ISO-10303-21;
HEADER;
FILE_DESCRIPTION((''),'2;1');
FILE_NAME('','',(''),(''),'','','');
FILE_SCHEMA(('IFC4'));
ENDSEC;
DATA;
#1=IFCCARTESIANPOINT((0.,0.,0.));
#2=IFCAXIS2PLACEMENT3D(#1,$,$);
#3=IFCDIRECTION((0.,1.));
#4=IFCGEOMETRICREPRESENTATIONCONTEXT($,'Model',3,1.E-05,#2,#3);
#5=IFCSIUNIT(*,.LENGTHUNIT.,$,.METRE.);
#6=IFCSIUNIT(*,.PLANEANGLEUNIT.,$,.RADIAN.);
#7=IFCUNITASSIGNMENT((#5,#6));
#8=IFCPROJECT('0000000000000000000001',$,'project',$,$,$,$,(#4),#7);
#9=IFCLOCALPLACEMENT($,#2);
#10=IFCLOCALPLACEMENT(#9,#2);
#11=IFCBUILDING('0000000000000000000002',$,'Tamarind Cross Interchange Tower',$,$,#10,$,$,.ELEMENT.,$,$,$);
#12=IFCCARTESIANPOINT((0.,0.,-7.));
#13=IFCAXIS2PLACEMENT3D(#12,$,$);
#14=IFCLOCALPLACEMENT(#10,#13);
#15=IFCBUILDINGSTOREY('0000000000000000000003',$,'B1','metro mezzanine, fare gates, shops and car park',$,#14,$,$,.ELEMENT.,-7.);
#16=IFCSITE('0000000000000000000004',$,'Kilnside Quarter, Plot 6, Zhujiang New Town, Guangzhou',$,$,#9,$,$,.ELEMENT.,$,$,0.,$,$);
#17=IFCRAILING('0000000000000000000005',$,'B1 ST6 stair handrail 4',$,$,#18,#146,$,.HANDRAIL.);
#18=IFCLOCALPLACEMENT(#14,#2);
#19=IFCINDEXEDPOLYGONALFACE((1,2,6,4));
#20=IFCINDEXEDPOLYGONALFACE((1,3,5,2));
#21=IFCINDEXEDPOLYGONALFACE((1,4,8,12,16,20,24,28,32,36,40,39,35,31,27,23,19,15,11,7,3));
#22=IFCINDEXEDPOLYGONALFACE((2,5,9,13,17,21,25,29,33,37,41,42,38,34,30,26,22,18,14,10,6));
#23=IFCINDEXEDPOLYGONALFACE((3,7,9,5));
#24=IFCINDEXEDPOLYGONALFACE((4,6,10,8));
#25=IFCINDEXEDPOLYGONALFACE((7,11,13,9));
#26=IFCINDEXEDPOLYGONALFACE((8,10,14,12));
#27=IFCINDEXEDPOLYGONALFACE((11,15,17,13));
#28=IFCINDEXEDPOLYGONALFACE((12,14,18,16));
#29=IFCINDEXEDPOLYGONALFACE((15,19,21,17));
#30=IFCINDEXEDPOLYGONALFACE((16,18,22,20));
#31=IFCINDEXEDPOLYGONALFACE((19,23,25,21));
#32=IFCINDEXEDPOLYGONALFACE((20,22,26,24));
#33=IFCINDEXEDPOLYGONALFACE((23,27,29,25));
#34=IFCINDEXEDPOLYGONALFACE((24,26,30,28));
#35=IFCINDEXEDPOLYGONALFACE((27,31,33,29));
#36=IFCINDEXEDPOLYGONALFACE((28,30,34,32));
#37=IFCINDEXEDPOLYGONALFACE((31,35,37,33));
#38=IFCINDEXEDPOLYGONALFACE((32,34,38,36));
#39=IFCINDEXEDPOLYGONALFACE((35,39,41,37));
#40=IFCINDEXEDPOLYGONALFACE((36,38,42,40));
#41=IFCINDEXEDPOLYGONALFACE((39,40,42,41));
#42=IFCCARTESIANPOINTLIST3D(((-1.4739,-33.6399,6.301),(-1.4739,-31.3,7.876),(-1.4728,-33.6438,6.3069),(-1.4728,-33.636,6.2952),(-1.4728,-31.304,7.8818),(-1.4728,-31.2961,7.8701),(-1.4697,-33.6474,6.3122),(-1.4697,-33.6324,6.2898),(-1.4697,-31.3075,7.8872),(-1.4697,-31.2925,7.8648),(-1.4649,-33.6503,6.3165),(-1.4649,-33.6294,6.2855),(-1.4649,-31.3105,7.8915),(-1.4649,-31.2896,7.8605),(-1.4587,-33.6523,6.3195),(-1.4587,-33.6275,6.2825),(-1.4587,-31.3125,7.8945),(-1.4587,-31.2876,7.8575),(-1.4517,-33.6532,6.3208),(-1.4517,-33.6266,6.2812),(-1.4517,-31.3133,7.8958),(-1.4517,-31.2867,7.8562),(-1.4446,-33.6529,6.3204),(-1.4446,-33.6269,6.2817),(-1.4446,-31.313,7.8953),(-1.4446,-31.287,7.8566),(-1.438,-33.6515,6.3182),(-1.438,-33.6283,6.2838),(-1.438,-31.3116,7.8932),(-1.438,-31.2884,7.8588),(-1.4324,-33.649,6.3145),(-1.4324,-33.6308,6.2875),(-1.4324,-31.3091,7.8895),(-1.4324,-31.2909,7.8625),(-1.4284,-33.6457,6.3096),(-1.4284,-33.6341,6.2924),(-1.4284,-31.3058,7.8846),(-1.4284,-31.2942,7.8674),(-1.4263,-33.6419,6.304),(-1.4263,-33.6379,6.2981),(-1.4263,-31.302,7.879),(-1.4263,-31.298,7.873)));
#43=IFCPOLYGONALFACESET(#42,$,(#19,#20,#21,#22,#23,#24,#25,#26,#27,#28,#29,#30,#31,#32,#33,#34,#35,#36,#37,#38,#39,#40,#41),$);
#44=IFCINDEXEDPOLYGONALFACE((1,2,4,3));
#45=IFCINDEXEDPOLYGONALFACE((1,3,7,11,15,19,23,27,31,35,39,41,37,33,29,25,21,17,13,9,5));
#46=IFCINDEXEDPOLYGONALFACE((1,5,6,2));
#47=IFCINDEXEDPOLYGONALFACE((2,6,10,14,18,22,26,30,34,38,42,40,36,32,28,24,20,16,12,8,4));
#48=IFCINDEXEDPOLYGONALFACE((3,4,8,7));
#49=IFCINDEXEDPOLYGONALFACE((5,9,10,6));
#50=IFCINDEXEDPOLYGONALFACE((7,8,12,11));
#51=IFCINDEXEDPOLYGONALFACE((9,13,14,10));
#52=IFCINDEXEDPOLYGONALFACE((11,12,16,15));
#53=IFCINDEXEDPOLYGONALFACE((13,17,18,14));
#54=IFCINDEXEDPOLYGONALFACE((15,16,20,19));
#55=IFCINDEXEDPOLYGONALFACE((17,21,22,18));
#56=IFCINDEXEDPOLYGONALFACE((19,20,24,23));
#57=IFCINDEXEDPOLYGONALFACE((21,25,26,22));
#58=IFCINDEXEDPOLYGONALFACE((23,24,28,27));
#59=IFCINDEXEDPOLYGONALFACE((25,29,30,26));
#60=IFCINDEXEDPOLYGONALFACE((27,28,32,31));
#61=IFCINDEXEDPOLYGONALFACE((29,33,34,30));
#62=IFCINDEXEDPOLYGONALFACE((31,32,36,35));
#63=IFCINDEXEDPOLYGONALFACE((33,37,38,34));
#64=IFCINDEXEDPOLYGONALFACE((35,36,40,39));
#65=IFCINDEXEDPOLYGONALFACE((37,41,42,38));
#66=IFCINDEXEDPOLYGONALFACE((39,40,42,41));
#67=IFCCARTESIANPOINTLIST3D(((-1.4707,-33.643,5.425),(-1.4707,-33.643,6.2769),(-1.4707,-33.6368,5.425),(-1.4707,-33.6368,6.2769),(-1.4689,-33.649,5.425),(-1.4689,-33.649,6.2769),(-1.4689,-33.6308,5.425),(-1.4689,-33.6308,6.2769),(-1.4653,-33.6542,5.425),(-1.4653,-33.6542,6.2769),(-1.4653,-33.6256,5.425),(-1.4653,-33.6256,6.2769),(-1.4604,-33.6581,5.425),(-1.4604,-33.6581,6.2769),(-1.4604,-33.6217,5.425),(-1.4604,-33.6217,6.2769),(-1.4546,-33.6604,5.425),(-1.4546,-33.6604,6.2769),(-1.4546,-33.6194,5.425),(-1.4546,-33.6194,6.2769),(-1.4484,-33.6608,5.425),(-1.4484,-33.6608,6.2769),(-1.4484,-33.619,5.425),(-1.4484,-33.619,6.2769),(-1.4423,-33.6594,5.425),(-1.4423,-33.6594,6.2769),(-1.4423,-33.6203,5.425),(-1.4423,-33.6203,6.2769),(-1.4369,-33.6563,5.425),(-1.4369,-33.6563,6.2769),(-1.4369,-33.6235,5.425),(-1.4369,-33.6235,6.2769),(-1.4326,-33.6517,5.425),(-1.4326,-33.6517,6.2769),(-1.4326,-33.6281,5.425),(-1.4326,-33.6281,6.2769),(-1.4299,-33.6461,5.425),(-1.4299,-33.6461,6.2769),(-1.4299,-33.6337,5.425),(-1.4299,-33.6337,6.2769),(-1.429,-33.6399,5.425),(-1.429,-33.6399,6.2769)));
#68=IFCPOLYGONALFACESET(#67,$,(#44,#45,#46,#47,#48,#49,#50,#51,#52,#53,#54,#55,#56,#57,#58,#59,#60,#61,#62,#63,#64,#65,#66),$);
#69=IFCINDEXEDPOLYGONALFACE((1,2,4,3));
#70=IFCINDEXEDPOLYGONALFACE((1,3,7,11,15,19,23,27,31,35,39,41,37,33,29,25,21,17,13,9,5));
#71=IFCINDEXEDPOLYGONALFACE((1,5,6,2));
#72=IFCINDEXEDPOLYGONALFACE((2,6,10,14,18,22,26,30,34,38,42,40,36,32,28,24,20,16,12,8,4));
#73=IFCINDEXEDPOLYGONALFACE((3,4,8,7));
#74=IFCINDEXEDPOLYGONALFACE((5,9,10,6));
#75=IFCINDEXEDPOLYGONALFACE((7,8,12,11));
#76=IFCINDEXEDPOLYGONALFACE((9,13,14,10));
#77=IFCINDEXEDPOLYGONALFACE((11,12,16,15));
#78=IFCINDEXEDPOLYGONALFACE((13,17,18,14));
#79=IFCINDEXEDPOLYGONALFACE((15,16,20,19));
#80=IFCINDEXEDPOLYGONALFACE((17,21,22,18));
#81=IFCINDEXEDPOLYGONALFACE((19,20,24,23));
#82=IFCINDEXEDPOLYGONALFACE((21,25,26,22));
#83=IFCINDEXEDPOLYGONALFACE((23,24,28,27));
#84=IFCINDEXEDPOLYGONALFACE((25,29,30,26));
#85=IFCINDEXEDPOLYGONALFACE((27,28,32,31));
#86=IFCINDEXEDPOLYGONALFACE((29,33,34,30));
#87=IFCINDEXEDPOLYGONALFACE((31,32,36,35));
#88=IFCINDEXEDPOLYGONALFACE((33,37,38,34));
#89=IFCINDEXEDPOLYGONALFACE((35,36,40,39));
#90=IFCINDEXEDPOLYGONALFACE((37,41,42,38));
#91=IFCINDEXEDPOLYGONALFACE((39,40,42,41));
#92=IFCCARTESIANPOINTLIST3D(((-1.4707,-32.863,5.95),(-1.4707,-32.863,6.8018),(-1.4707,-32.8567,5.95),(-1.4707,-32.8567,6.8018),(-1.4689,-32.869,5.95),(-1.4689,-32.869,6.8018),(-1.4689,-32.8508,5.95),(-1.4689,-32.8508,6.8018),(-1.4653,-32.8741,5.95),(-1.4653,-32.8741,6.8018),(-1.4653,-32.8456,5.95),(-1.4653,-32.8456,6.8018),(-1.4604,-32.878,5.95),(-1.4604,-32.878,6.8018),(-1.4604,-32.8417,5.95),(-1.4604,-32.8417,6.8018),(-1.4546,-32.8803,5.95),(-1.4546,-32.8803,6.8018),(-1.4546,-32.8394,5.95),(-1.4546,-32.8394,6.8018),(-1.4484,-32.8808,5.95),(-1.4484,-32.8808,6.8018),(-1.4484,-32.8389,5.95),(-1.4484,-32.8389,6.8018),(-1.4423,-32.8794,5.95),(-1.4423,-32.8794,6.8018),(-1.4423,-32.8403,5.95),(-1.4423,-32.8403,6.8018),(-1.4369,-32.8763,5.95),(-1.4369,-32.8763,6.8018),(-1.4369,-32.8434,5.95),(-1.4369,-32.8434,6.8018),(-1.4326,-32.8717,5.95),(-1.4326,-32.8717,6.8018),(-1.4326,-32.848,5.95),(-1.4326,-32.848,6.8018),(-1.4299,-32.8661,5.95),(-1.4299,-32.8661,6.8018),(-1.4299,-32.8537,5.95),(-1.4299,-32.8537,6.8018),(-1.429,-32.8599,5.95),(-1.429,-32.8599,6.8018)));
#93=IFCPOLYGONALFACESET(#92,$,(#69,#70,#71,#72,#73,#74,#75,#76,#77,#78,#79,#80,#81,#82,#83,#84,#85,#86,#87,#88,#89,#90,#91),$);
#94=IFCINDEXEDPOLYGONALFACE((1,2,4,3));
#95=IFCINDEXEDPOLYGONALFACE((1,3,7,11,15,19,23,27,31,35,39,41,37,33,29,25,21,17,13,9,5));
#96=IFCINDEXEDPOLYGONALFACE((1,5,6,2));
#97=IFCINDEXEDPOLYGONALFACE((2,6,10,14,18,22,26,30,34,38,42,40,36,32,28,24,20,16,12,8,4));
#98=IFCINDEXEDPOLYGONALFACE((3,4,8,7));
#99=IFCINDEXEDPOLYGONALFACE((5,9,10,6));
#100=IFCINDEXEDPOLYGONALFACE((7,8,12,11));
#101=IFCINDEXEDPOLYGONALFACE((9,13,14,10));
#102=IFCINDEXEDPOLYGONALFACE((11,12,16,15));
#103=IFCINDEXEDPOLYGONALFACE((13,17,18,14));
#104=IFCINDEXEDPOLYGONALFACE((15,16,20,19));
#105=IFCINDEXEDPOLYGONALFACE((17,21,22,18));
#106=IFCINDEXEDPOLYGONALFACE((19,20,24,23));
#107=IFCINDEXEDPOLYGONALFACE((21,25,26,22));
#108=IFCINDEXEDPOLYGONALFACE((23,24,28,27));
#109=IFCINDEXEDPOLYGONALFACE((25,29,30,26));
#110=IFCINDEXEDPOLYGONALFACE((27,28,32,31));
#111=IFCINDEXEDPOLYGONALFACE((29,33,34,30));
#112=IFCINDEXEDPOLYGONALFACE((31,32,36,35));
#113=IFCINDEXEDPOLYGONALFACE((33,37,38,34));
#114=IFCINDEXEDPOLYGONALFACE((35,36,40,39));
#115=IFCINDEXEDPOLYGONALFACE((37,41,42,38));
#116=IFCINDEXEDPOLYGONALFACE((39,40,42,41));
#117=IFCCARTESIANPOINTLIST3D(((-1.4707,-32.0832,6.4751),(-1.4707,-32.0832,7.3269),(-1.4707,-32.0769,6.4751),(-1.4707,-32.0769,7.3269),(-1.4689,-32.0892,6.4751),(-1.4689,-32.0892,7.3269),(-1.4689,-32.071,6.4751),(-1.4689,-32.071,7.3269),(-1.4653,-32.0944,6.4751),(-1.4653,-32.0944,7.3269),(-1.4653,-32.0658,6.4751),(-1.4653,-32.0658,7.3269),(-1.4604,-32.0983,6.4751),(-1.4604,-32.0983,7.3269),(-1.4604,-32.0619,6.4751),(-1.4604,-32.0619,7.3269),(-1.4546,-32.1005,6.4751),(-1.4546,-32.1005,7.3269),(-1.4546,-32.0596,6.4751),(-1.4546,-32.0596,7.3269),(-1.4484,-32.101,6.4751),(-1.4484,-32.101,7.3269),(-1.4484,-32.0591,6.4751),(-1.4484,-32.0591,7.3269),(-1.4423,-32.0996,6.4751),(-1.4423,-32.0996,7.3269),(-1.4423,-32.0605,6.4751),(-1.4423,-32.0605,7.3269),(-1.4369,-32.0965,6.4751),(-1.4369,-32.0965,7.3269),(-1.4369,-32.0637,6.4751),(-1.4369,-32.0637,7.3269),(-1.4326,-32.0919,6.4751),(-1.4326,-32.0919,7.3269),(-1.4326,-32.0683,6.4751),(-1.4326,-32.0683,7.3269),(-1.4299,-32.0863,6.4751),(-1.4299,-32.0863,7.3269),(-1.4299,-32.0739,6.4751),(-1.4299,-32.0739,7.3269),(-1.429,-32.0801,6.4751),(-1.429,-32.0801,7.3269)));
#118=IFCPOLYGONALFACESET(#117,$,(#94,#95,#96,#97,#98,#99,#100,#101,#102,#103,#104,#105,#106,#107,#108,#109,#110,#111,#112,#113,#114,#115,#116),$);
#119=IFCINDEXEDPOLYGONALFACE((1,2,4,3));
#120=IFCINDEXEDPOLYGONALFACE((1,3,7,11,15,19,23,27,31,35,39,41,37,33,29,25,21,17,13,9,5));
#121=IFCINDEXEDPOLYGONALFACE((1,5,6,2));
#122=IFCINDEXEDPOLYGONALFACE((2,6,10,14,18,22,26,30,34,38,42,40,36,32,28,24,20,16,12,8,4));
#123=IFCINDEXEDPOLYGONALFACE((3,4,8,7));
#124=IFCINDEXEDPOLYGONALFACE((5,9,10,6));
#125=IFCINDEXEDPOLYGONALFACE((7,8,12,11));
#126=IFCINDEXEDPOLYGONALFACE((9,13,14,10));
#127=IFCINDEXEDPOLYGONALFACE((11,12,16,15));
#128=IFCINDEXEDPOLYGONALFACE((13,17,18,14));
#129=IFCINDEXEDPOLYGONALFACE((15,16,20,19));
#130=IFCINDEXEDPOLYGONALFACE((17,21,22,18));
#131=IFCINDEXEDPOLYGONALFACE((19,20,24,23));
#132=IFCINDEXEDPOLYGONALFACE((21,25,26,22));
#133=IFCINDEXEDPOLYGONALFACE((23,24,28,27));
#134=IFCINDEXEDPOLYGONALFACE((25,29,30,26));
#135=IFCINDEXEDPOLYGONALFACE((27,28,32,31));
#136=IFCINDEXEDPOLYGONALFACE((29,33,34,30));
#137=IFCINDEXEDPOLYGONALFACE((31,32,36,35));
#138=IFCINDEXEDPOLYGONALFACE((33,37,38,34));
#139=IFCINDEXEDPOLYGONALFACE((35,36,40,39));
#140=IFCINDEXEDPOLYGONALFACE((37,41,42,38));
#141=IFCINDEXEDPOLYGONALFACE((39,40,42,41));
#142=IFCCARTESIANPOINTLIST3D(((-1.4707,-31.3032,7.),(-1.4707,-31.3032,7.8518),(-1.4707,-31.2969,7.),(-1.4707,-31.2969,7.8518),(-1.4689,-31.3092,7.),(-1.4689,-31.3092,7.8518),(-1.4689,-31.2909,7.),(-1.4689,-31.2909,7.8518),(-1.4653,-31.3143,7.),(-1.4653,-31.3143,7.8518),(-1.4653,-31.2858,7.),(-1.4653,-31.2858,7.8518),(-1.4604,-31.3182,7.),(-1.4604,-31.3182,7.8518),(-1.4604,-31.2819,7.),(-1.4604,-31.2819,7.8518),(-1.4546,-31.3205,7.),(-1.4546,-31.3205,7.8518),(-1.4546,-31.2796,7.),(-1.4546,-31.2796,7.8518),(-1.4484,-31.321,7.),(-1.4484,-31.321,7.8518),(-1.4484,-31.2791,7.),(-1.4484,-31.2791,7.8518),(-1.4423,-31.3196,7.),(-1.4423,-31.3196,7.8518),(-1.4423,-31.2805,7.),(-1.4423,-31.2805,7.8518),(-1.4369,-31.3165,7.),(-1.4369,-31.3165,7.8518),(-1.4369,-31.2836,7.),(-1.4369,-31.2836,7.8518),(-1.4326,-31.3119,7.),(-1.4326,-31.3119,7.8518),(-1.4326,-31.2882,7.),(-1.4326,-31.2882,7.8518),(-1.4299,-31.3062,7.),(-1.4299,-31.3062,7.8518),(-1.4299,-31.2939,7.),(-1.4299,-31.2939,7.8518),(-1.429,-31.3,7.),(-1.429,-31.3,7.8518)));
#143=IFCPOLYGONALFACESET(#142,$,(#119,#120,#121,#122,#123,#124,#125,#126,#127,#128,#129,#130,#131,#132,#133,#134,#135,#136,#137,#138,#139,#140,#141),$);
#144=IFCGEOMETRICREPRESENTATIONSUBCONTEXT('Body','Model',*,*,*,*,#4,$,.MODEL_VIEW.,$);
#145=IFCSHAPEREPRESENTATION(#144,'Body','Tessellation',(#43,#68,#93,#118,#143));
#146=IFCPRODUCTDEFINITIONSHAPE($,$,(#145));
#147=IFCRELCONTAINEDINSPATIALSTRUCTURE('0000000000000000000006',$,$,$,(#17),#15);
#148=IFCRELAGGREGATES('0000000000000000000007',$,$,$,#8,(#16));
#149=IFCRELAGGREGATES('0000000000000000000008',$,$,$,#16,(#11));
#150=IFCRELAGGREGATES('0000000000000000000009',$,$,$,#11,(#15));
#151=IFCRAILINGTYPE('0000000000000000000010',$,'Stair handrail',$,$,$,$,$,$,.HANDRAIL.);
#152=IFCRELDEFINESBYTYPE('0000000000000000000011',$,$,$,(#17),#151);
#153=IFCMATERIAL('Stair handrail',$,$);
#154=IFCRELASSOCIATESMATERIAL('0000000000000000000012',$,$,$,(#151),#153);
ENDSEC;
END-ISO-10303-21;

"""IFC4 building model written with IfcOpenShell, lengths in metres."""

from ifc_helpers import new_model, si_unit, direction, frame, origin, origin_2d, place, context, subcontext, project, spatial, circle, extrude, material, type_object, element, save


model = new_model("IFC4")

# Units and contexts
model_context = context("Model", 3, precision=1e-05, world=origin(), true_north=direction((0.0, 1.0)))
body_context = subcontext(model_context, "Body", "Model", "MODEL_VIEW")
ifc_project = project(units=[si_unit("LENGTHUNIT", "METRE"), si_unit("PLANEANGLEUNIT", "RADIAN")], contexts=[model_context])

# Site, building, storey
site_placement = place(None, origin())
site = spatial("IfcSite", under=ifc_project, at=site_placement, Name="Kilnside Quarter, Plot 6, Zhujiang New Town, Guangzhou", CompositionType="ELEMENT", RefElevation=0.0)
building_placement = place(site_placement, origin())
building = spatial("IfcBuilding", under=site, at=building_placement, Name="Tamarind Cross Interchange Tower", CompositionType="ELEMENT")
storey_placement = place(building_placement, frame((0.0, 0.0, -7.0)))
storey = spatial("IfcBuildingStorey", under=building, at=storey_placement, Name="B1", Description="metro mezzanine, fare gates, shops and car park", CompositionType="ELEMENT", Elevation=-7.0)

# Railing
ifc_material_1 = material(Name="Stair handrail")
railing_type_1 = type_object("IfcRailingType", Name="Stair handrail", PredefinedType="HANDRAIL", material=ifc_material_1)
railing_1_placement = place(storey_placement, frame((-1.45, -33.6399, 5.425)))
element("IfcRailing", 1, at=railing_1_placement, inside=storey, type_object=railing_type_1, Name="B1 ST6 stair handrail 4", PredefinedType="HANDRAIL", context=body_context, shape_type="SweptSolid", body=[
    extrude(circle(Radius=0.0239, at=origin_2d()), frame((0.0, 0.0, 0.876), z_axis=(0.0, 0.829578, 0.55839), x_axis=(-1.0, 0.0, 0.0)), (0.0, 0.0, 1.0), 2.8206),
    extrude(circle(Radius=0.021, at=origin_2d()), origin(), (0.0, 0.0, 1.0), 0.8518),
    extrude(circle(Radius=0.021, at=origin_2d()), frame((0.0, 0.78, 0.5249)), (0.0, 0.0, 1.0), 0.8518),
    extrude(circle(Radius=0.021, at=origin_2d()), frame((0.0, 1.5598, 1.05)), (0.0, 0.0, 1.0), 0.8518),
    extrude(circle(Radius=0.021, at=origin_2d()), frame((0.0, 2.3398, 1.575)), (0.0, 0.0, 1.0), 0.8518),
])

save(model, "model.ifc")
